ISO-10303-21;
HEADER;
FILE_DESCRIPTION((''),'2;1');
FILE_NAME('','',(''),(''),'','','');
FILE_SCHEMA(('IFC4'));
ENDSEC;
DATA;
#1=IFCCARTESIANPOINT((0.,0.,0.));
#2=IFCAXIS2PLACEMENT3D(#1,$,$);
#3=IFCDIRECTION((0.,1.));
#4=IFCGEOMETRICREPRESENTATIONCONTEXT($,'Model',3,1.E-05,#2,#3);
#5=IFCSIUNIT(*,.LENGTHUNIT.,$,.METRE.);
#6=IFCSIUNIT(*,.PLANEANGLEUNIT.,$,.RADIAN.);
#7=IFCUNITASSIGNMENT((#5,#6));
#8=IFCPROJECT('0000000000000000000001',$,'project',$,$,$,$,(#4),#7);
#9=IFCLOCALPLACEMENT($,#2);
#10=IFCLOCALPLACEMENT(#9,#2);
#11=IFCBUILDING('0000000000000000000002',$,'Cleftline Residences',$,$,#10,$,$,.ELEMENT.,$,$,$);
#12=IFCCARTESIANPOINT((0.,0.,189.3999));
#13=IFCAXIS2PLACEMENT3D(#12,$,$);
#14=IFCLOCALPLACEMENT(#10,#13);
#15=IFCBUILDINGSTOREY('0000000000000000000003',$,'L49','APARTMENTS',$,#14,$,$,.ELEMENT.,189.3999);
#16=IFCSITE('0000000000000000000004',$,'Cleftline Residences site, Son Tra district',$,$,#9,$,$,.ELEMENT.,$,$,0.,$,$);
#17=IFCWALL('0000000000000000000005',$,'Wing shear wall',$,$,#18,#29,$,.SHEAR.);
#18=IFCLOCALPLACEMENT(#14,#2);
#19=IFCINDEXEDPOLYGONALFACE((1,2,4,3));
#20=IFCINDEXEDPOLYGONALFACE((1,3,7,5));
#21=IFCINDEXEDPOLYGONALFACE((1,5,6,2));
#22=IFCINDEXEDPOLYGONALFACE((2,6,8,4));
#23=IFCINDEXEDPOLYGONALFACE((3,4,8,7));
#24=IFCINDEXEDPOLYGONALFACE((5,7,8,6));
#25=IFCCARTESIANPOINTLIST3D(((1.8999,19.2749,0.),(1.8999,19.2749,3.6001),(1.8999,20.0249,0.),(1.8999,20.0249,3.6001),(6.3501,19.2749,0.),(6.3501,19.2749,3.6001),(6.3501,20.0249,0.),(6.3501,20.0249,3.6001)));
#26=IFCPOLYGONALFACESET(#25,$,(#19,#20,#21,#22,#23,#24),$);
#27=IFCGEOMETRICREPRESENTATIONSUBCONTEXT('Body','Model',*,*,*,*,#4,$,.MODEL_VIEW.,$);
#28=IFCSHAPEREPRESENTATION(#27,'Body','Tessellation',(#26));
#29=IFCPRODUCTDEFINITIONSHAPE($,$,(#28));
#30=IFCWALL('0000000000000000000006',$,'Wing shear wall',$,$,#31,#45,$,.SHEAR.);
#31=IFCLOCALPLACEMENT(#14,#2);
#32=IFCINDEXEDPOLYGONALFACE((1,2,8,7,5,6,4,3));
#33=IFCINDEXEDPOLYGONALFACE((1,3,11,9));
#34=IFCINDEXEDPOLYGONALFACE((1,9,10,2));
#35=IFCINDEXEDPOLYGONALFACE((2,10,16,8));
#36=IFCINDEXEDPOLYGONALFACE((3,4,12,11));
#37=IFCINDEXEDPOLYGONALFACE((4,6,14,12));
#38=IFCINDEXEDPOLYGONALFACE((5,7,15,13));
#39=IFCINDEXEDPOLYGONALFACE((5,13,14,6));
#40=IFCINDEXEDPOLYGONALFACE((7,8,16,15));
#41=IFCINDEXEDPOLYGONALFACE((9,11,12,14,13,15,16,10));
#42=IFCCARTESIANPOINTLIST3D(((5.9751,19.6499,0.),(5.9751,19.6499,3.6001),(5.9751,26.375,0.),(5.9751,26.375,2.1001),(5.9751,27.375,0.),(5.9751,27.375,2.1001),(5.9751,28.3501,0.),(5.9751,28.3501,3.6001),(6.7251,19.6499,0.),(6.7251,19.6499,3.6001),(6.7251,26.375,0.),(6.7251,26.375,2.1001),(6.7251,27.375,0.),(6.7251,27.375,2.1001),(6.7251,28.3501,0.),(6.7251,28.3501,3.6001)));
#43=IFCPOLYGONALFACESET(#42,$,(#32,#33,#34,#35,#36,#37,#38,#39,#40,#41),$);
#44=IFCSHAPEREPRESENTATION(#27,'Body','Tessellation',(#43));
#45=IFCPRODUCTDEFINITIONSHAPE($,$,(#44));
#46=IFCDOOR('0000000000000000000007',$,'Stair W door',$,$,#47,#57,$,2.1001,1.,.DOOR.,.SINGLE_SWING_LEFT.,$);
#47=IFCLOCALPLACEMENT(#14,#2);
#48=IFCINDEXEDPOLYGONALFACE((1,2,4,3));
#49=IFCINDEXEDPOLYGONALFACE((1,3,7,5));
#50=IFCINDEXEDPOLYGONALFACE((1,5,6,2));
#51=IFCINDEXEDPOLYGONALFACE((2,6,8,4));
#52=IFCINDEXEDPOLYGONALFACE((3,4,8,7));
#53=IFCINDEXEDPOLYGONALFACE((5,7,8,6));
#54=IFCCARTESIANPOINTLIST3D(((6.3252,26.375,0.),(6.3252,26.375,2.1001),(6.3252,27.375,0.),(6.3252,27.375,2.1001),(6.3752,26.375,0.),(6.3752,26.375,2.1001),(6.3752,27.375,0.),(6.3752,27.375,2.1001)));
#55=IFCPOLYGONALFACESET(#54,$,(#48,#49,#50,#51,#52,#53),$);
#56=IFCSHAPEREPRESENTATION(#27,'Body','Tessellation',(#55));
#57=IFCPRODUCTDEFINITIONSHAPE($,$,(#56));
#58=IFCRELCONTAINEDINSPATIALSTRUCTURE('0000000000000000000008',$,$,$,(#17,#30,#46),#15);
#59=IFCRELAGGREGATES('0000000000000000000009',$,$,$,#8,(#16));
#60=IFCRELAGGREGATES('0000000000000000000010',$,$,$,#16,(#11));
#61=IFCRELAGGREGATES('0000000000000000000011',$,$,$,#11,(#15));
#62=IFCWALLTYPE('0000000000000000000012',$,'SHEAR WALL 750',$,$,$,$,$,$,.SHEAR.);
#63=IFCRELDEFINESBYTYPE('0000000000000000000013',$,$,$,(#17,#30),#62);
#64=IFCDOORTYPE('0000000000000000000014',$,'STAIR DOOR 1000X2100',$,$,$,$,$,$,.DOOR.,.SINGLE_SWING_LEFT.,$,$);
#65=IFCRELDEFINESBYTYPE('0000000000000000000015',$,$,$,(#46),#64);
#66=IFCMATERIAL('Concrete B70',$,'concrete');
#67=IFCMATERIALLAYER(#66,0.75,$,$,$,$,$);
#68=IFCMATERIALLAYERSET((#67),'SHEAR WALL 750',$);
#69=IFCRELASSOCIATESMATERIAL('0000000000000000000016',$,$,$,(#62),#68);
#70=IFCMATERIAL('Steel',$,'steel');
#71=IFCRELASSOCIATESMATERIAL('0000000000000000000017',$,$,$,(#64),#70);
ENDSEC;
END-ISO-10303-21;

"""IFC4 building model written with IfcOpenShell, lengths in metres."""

from ifc_helpers import new_model, si_unit, direction, frame, frame_2d, origin, place, context, subcontext, project, spatial, rectangle, extrude, material, layer, layer_set, type_object, element, fill, save


model = new_model("IFC4")

# Units and contexts
model_context = context("Model", 3, precision=1e-05, world=origin(), true_north=direction((0.0, 1.0)))
body_context = subcontext(model_context, "Body", "Model", "MODEL_VIEW")
ifc_project = project(units=[si_unit("LENGTHUNIT", "METRE"), si_unit("PLANEANGLEUNIT", "RADIAN")], contexts=[model_context])

# Site, building, storey
site_placement = place(None, origin())
site = spatial("IfcSite", under=ifc_project, at=site_placement, Name="Cleftline Residences site, Son Tra district", CompositionType="ELEMENT", RefElevation=0.0)
building_placement = place(site_placement, origin())
building = spatial("IfcBuilding", under=site, at=building_placement, Name="Cleftline Residences", CompositionType="ELEMENT")
storey_placement = place(building_placement, frame((0.0, 0.0, 189.3999)))
storey = spatial("IfcBuildingStorey", under=building, at=storey_placement, Name="L49", Description="APARTMENTS", CompositionType="ELEMENT", Elevation=189.3999)

# Wall
ifc_material_1 = material(Name="Concrete B70", Category="concrete")
ifc_layer_1 = layer(ifc_material_1, 0.75)
ifc_layer_set_1 = layer_set([ifc_layer_1], Name="SHEAR WALL 750")
wall_type_1 = type_object("IfcWallType", Name="SHEAR WALL 750", PredefinedType="SHEAR", material=ifc_layer_set_1)
wall_1_placement = place(storey_placement, frame((1.8999, 19.6499, 0.0), z_axis=(0.0, 0.0, 1.0), x_axis=(1.0, 0.0, 0.0)))
element("IfcWall", 1, at=wall_1_placement, inside=storey, type_object=wall_type_1, Name="Wing shear wall", PredefinedType="SHEAR", context=body_context, shape_type="SweptSolid", body=[
    extrude(rectangle(XDim=4.4502, YDim=0.75, at=frame_2d((2.2251, 0.0))), origin(), (0.0, 0.0, 1.0), 3.6001),
])

# Wall, opening, door
wall_2_placement = place(storey_placement, frame((6.3501, 19.6499, 0.0), z_axis=(0.0, 0.0, 1.0), x_axis=(0.0, 1.0, 0.0)))
wall_2 = element("IfcWall", 2, at=wall_2_placement, inside=storey, type_object=wall_type_1, Name="Wing shear wall", PredefinedType="SHEAR", context=body_context, shape_type="SweptSolid", body=[
    extrude(rectangle(XDim=8.7002, YDim=0.75, at=frame_2d((4.3501, 0.0))), origin(), (0.0, 0.0, 1.0), 3.6001),
])
opening_1_placement = place(wall_2_placement, frame((6.7251, 0.0, 0.0)))
opening_1 = element("IfcOpeningElement", 3, at=opening_1_placement, cuts=wall_2, PredefinedType="OPENING", context=body_context, shape_type="SweptSolid", body=[
    extrude(rectangle(XDim=1.0, YDim=2.1001, at=frame_2d((0.5, 1.05))), frame((0.0, 0.385, 0.0), z_axis=(0.0, -1.0, 0.0), x_axis=(1.0, 0.0, 0.0)), (0.0, 0.0, 1.0), 0.77),
])
ifc_material_2 = material(Name="Steel", Category="steel")
door_type_1 = type_object("IfcDoorType", Name="STAIR DOOR 1000X2100", OperationType="SINGLE_SWING_LEFT", PredefinedType="DOOR", material=ifc_material_2)
door_1_placement = place(opening_1_placement, origin())
door_1 = element("IfcDoor", 4, at=door_1_placement, inside=storey, type_object=door_type_1, Name="Stair W door", OperationType="SINGLE_SWING_LEFT", OverallHeight=2.1001, OverallWidth=1.0, PredefinedType="DOOR", context=body_context, shape_type="SweptSolid", body=[
    extrude(rectangle(XDim=1.0, YDim=2.1001, at=frame_2d((0.5, 1.05))), frame((0.0, 0.0249, 0.0), z_axis=(0.0, -1.0, 0.0), x_axis=(1.0, 0.0, 0.0)), (0.0, 0.0, 1.0), 0.05),
])
fill(opening_1, door_1)

save(model, "model.ifc")
